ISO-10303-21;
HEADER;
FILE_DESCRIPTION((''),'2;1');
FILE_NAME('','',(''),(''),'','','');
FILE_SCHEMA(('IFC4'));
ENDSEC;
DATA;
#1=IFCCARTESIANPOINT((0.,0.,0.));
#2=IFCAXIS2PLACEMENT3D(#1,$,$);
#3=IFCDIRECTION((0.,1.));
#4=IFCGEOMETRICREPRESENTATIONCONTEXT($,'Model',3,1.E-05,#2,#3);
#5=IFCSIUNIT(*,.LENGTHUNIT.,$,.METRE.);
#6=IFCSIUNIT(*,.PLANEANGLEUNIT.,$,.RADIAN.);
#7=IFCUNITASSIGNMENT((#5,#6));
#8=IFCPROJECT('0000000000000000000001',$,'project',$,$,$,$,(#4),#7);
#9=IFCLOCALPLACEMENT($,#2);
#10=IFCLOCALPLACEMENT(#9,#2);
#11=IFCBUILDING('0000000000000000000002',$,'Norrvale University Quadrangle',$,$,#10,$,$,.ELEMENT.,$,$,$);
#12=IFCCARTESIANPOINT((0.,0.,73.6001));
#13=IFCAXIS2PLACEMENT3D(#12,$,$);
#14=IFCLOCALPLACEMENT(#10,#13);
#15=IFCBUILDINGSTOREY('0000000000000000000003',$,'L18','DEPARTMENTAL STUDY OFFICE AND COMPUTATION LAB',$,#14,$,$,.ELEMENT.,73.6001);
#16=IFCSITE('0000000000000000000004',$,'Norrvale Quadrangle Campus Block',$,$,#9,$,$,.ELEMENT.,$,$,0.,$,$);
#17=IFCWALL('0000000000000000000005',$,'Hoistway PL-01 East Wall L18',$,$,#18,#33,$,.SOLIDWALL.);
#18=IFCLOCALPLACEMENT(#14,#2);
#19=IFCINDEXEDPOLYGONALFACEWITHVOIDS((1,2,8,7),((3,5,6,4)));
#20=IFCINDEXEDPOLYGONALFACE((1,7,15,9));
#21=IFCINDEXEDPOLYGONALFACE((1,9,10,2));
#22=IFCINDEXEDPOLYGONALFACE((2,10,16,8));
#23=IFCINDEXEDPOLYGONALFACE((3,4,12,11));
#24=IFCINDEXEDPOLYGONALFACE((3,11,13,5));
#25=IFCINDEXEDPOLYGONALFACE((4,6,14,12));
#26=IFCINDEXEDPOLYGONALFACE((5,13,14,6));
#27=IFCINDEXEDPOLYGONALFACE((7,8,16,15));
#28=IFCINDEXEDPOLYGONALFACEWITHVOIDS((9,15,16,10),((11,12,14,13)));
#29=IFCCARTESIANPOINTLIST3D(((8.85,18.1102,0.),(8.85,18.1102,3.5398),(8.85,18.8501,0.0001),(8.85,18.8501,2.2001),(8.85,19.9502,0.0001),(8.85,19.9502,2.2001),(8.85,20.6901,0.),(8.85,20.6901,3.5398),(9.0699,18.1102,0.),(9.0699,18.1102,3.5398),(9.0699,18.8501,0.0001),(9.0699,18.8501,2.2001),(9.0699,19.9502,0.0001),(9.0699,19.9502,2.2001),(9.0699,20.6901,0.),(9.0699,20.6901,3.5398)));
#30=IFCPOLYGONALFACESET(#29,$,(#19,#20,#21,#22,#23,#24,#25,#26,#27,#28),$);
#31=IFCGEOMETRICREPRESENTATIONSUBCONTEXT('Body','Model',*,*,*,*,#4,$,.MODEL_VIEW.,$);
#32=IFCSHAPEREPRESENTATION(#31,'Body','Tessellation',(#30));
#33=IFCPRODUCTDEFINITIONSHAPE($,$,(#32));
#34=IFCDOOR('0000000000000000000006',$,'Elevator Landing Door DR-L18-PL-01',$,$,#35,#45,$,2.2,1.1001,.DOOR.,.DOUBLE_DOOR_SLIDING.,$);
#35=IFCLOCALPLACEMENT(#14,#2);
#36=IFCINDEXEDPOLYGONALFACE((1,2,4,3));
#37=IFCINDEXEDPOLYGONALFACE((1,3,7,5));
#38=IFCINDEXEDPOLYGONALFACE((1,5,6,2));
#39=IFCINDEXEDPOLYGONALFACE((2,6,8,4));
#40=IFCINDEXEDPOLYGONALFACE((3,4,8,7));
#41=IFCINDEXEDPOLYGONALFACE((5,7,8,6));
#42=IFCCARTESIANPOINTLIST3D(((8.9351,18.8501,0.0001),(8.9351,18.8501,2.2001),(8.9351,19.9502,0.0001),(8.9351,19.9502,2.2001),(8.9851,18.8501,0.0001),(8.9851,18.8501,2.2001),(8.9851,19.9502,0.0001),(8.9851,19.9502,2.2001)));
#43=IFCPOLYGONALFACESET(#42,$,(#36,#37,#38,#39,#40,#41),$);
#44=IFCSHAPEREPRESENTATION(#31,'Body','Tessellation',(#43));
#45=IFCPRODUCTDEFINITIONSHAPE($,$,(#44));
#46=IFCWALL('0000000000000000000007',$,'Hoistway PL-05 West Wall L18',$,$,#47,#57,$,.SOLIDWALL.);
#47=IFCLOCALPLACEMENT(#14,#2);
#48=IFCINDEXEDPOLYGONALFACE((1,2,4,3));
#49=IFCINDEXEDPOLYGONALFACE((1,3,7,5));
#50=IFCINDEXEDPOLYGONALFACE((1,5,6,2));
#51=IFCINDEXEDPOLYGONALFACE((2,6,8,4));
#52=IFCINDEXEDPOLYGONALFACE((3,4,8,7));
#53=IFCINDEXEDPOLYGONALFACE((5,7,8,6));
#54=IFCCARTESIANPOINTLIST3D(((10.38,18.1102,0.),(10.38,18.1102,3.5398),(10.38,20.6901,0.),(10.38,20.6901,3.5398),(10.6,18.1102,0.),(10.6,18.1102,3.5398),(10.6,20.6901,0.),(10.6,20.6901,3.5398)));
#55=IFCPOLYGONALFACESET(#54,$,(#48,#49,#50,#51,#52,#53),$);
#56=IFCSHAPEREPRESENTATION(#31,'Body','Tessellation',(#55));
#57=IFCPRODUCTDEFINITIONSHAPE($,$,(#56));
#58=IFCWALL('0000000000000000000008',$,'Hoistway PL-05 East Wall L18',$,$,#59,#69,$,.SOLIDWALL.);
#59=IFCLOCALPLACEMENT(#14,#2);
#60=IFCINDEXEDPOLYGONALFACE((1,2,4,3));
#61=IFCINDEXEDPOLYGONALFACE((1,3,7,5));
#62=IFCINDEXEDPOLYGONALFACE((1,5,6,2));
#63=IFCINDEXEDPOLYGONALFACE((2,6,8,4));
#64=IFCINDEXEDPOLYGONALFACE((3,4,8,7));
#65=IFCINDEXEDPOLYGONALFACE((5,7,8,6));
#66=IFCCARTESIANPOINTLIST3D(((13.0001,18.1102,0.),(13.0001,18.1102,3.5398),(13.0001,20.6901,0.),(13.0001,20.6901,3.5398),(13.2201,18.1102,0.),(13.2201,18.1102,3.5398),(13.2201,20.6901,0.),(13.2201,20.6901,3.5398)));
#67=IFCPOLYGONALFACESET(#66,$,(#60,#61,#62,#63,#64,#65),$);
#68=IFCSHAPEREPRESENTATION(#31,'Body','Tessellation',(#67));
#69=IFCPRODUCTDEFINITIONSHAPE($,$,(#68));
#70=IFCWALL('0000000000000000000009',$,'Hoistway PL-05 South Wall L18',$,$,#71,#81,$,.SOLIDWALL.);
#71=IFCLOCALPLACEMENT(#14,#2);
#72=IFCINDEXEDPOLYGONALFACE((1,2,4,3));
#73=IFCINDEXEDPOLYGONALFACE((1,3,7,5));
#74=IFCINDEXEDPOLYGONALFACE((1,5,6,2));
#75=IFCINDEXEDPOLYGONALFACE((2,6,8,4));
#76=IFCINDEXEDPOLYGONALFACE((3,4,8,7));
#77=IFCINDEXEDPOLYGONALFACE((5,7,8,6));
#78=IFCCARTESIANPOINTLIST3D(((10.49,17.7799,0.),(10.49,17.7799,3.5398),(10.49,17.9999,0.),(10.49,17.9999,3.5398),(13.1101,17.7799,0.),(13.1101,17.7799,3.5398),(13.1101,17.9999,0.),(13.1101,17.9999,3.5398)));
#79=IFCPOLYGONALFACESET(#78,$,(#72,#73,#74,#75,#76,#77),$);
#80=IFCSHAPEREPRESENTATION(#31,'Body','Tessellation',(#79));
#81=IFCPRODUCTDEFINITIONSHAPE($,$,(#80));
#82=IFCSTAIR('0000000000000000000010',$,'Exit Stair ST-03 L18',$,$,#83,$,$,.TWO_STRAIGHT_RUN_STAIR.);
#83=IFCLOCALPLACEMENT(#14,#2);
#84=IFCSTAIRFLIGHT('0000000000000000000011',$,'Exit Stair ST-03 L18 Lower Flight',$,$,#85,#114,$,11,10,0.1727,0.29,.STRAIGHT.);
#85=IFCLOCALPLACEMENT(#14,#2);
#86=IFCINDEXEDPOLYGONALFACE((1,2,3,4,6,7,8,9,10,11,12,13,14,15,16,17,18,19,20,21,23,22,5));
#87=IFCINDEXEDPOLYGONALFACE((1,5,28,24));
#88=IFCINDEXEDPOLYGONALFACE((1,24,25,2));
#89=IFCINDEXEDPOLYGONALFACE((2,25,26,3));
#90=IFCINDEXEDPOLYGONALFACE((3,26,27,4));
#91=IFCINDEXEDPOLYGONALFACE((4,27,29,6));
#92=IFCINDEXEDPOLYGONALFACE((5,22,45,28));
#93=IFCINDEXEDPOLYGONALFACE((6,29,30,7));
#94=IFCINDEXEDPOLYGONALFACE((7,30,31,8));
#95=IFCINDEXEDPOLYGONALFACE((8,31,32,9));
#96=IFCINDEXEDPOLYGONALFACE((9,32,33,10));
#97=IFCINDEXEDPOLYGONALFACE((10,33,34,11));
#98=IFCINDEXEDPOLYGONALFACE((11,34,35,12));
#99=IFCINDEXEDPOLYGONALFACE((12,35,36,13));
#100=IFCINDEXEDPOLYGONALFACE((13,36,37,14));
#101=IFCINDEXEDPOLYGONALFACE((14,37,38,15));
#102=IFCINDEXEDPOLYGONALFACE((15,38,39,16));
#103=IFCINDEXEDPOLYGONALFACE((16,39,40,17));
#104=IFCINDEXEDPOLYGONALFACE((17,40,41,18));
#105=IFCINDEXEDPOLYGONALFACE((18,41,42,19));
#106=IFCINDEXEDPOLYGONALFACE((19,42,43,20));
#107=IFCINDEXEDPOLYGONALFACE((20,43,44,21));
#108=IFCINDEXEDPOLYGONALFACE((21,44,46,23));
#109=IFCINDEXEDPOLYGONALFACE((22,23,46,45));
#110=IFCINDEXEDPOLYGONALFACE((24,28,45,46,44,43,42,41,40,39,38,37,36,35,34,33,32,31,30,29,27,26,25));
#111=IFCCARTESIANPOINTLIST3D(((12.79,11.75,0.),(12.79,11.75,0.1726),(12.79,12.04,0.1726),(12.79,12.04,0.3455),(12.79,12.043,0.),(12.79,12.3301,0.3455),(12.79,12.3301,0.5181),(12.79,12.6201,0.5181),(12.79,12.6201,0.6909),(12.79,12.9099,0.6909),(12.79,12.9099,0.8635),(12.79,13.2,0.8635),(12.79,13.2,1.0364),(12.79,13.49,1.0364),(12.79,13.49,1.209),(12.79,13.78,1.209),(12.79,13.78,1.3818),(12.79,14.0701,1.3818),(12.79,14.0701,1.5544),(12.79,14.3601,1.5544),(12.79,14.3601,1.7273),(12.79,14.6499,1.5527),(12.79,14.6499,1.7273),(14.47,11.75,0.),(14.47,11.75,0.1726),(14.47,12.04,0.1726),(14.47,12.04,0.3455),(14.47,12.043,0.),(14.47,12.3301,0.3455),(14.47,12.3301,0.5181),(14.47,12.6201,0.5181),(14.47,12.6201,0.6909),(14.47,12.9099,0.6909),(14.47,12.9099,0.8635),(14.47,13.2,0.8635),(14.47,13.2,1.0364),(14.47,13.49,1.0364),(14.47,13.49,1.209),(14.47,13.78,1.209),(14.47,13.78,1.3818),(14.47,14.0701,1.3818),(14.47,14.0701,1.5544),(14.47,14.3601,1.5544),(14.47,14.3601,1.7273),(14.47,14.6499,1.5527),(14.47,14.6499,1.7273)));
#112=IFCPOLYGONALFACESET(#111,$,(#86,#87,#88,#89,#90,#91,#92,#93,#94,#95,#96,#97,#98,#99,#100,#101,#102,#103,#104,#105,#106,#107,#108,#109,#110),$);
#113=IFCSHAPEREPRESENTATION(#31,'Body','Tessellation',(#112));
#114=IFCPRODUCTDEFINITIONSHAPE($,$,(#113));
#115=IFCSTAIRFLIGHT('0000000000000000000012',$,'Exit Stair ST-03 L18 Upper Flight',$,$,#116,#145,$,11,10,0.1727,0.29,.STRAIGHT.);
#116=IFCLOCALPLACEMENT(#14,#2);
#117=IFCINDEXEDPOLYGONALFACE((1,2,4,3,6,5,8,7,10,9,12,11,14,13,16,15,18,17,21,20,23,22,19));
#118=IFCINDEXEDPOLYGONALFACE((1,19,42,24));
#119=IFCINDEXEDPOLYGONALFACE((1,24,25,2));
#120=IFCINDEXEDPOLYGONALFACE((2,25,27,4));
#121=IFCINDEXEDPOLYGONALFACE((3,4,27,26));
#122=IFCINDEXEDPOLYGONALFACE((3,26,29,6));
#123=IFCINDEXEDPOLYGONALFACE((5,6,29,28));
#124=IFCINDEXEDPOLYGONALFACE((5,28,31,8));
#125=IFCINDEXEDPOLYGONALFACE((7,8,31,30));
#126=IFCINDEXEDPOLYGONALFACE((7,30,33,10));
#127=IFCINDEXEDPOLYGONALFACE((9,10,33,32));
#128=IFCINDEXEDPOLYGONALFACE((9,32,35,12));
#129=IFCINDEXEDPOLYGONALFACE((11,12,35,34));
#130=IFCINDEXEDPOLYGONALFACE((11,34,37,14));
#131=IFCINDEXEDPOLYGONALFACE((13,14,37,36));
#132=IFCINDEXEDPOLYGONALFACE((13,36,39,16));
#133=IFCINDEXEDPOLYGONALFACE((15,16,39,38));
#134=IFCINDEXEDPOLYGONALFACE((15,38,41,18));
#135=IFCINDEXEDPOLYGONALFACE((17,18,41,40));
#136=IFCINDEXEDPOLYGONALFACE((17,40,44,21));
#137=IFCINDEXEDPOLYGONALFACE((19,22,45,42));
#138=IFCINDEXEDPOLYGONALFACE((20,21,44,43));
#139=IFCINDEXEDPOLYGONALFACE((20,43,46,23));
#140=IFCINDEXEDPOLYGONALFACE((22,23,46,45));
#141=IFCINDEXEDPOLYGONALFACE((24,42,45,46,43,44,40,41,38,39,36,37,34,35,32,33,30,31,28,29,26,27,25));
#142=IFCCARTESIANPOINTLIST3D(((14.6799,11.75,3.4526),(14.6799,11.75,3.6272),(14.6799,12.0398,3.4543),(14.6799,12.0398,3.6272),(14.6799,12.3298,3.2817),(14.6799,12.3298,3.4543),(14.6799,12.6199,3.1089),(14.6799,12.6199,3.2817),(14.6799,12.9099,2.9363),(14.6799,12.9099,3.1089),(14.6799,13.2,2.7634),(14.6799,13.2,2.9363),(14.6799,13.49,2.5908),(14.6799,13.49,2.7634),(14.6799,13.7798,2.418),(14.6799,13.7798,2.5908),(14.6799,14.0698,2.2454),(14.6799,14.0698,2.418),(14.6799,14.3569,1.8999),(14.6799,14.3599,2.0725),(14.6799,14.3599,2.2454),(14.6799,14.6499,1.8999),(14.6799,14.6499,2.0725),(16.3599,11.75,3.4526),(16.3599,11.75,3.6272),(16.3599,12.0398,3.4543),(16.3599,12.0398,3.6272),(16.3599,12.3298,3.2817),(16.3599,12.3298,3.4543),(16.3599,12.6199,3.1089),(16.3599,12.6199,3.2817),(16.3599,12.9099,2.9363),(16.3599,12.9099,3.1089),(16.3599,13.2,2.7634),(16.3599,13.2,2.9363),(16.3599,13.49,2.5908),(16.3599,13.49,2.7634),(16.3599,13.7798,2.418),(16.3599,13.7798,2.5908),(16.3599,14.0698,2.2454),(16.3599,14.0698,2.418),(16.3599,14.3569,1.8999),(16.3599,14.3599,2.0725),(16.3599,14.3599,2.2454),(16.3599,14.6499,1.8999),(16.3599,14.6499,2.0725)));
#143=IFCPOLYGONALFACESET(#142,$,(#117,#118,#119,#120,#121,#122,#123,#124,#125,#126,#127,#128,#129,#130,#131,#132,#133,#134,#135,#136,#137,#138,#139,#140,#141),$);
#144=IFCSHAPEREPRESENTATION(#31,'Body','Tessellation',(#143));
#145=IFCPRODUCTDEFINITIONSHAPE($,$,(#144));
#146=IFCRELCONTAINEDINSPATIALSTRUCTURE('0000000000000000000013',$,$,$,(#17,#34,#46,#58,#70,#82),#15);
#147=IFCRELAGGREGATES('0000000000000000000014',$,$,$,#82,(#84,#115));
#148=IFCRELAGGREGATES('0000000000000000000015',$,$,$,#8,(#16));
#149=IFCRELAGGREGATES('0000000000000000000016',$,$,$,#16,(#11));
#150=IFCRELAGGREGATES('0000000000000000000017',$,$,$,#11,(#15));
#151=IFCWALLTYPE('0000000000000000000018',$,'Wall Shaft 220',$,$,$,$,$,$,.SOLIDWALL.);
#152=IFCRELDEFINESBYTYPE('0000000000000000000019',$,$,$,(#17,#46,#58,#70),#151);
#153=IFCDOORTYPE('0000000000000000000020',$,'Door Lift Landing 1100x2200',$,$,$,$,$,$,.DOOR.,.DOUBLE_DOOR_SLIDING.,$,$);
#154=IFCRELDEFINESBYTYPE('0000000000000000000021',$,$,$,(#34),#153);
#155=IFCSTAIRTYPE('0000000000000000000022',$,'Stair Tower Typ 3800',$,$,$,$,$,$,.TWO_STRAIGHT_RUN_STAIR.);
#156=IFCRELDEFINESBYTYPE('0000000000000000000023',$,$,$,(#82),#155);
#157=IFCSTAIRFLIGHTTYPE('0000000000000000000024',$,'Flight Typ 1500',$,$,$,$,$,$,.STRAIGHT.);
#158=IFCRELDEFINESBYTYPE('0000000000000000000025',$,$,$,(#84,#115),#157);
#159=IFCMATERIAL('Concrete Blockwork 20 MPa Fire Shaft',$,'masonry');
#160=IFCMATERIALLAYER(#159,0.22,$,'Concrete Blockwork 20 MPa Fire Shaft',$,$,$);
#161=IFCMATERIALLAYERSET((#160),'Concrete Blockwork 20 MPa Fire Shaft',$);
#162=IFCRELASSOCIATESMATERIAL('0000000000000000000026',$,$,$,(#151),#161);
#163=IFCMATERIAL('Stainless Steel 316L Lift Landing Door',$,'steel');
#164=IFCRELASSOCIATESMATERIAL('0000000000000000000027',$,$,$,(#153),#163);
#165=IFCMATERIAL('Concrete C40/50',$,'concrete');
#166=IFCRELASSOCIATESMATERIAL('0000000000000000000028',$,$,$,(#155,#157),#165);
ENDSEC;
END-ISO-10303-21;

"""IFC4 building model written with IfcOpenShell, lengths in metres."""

from ifc_helpers import new_model, si_unit, direction, frame, frame_2d, origin, place, context, subcontext, project, spatial, polyline, rectangle, outline, extrude, material, layer, layer_set, type_object, element, fill, aggregate, save


model = new_model("IFC4")

# Units and contexts
model_context = context("Model", 3, precision=1e-05, world=origin(), true_north=direction((0.0, 1.0)))
body_context = subcontext(model_context, "Body", "Model", "MODEL_VIEW")
ifc_project = project(units=[si_unit("LENGTHUNIT", "METRE"), si_unit("PLANEANGLEUNIT", "RADIAN")], contexts=[model_context])

# Site, building, storey
site_placement = place(None, origin())
site = spatial("IfcSite", under=ifc_project, at=site_placement, Name="Norrvale Quadrangle Campus Block", CompositionType="ELEMENT", RefElevation=0.0)
building_placement = place(site_placement, origin())
building = spatial("IfcBuilding", under=site, at=building_placement, Name="Norrvale University Quadrangle", CompositionType="ELEMENT")
storey_placement = place(building_placement, frame((0.0, 0.0, 73.6001)))
storey = spatial("IfcBuildingStorey", under=building, at=storey_placement, Name="L18", Description="DEPARTMENTAL STUDY OFFICE AND COMPUTATION LAB", CompositionType="ELEMENT", Elevation=73.6001)

# Shared definitions
ifc_material_1 = material(Name="Concrete Blockwork 20 MPa Fire Shaft", Category="masonry")
ifc_layer_1 = layer(ifc_material_1, 0.22, Name="Concrete Blockwork 20 MPa Fire Shaft")
ifc_layer_set_1 = layer_set([ifc_layer_1], Name="Concrete Blockwork 20 MPa Fire Shaft")
wall_type_1 = type_object("IfcWallType", Name="Wall Shaft 220", PredefinedType="SOLIDWALL", material=ifc_layer_set_1)

# Wall, opening, door
wall_1_placement = place(storey_placement, frame((8.96, 18.1101, 0.0), z_axis=(0.0, 0.0, 1.0), x_axis=(0.0, 1.0, 0.0)))
wall_1 = element("IfcWall", 1, at=wall_1_placement, inside=storey, type_object=wall_type_1, Name="Hoistway PL-01 East Wall L18", PredefinedType="SOLIDWALL", context=body_context, shape_type="SweptSolid", body=[
    extrude(rectangle(XDim=2.5798, YDim=0.22, at=frame_2d((1.29, 0.0))), origin(), (0.0, 0.0, 1.0), 3.5398),
])
opening_1_placement = place(wall_1_placement, frame((0.74, 0.0, 0.0)))
opening_1 = element("IfcOpeningElement", 2, at=opening_1_placement, cuts=wall_1, PredefinedType="OPENING", context=body_context, shape_type="SweptSolid", body=[
    extrude(rectangle(XDim=1.1001, YDim=2.2, at=frame_2d((0.55, 1.1001))), frame((0.0, 0.1221, 0.0), z_axis=(0.0, -1.0, 0.0), x_axis=(1.0, 0.0, 0.0)), (0.0, 0.0, 1.0), 0.2439),
])
ifc_material_2 = material(Name="Stainless Steel 316L Lift Landing Door", Category="steel")
door_type_1 = type_object("IfcDoorType", Name="Door Lift Landing 1100x2200", OperationType="DOUBLE_DOOR_SLIDING", PredefinedType="DOOR", material=ifc_material_2)
door_1_placement = place(opening_1_placement, origin())
door_1 = element("IfcDoor", 3, at=door_1_placement, inside=storey, type_object=door_type_1, Name="Elevator Landing Door DR-L18-PL-01", OperationType="DOUBLE_DOOR_SLIDING", OverallHeight=2.2, OverallWidth=1.1001, PredefinedType="DOOR", context=body_context, shape_type="SweptSolid", body=[
    extrude(rectangle(XDim=1.1001, YDim=2.2, at=frame_2d((0.55, 1.1001))), frame((0.0, 0.0249, 0.0), z_axis=(0.0, -1.0, 0.0), x_axis=(1.0, 0.0, 0.0)), (0.0, 0.0, 1.0), 0.05),
])
fill(opening_1, door_1)

# Walls
for number, where, z_axis, x_axis, name in (
    (4, (10.49, 18.1101, 0.0), (0.0, 0.0, 1.0), (0.0, 1.0, 0.0), "Hoistway PL-05 West Wall L18"),
    (5, (13.1101, 18.1101, 0.0), (0.0, 0.0, 1.0), (0.0, 1.0, 0.0), "Hoistway PL-05 East Wall L18"),
):
    element("IfcWall", number, at=place(storey_placement, frame(where, z_axis=z_axis, x_axis=x_axis)), inside=storey, type_object=wall_type_1, Name=name, PredefinedType="SOLIDWALL", context=body_context, shape_type="SweptSolid", body=[
        extrude(rectangle(XDim=2.5798, YDim=0.22, at=frame_2d((1.29, 0.0))), origin(), (0.0, 0.0, 1.0), 3.5398),
    ])
wall_2_placement = place(storey_placement, frame((10.49, 17.8899, 0.0), z_axis=(0.0, 0.0, 1.0), x_axis=(1.0, 0.0, 0.0)))
element("IfcWall", 6, at=wall_2_placement, inside=storey, type_object=wall_type_1, Name="Hoistway PL-05 South Wall L18", PredefinedType="SOLIDWALL", context=body_context, shape_type="SweptSolid", body=[
    extrude(rectangle(XDim=2.6201, YDim=0.22, at=frame_2d((1.3101, 0.0))), origin(), (0.0, 0.0, 1.0), 3.5398),
])

# Stair, stair flights
ifc_material_3 = material(Name="Concrete C40/50", Category="concrete")
stair_type = type_object("IfcStairType", Name="Stair Tower Typ 3800", PredefinedType="TWO_STRAIGHT_RUN_STAIR", material=ifc_material_3)
stair_placement = place(storey_placement, origin())
stair = element("IfcStair", 7, at=stair_placement, inside=storey, type_object=stair_type, Name="Exit Stair ST-03 L18", PredefinedType="TWO_STRAIGHT_RUN_STAIR")
stair_flight_type = type_object("IfcStairFlightType", Name="Flight Typ 1500", PredefinedType="STRAIGHT", material=ifc_material_3)
stair_flight_1_placement = place(storey_placement, frame((13.6299, 11.75, 0.0), z_axis=(0.0, 0.0, 1.0), x_axis=(0.0, 1.0, 0.0)))
stair_flight_1 = element("IfcStairFlight", 8, at=stair_flight_1_placement, type_object=stair_flight_type, Name="Exit Stair ST-03 L18 Lower Flight", NumberOfRisers=11, NumberOfTreads=10, PredefinedType="STRAIGHT", RiserHeight=0.1727, TreadLength=0.29, context=body_context, shape_type="SweptSolid", body=[
    extrude(outline(polyline([(0.0, 0.0), (0.0, 0.1726), (0.29, 0.1726), (0.29, 0.3455), (0.5801, 0.3455), (0.5801, 0.5181), (0.8701, 0.5181), (0.8701, 0.6909), (1.1599, 0.6909), (1.1599, 0.8635), (1.45, 0.8635), (1.45, 1.0364), (1.74, 1.0364), (1.74, 1.209), (2.03, 1.209), (2.03, 1.3818), (2.3201, 1.3818), (2.3201, 1.5544), (2.6101, 1.5544), (2.6101, 1.7273), (2.8999, 1.7273), (2.8999, 1.8999), (2.8999, 1.5527), (0.293, 0.0), (0.0, 0.0)])), frame((0.0, 0.8398, 0.0), z_axis=(0.0, -1.0, 0.0), x_axis=(1.0, 0.0, 0.0)), (0.0, 0.0, 1.0), 1.6799),
])
stair_flight_2_placement = place(storey_placement, frame((15.52, 14.6499, 1.8999), z_axis=(0.0, 0.0, 1.0), x_axis=(0.0, -1.0, 0.0)))
stair_flight_2 = element("IfcStairFlight", 9, at=stair_flight_2_placement, type_object=stair_flight_type, Name="Exit Stair ST-03 L18 Upper Flight", NumberOfRisers=11, NumberOfTreads=10, PredefinedType="STRAIGHT", RiserHeight=0.1727, TreadLength=0.29, context=body_context, shape_type="SweptSolid", body=[
    extrude(outline(polyline([(0.0, 0.0), (0.0, 0.1726), (0.29, 0.1726), (0.29, 0.3455), (0.5801, 0.3455), (0.5801, 0.5181), (0.8701, 0.5181), (0.8701, 0.6909), (1.1599, 0.6909), (1.1599, 0.8635), (1.45, 0.8635), (1.45, 1.0364), (1.74, 1.0364), (1.74, 1.209), (2.03, 1.209), (2.03, 1.3818), (2.3201, 1.3818), (2.3201, 1.5544), (2.6101, 1.5544), (2.6101, 1.7273), (2.8999, 1.7273), (2.8999, 1.8999), (2.8999, 1.5527), (0.293, 0.0), (0.0, 0.0)])), frame((0.0, 0.8398, 0.0), z_axis=(0.0, -1.0, 0.0), x_axis=(1.0, 0.0, 0.0)), (0.0, 0.0, 1.0), 1.6799),
])
aggregate(stair, [stair_flight_1, stair_flight_2])

save(model, "model.ifc")
